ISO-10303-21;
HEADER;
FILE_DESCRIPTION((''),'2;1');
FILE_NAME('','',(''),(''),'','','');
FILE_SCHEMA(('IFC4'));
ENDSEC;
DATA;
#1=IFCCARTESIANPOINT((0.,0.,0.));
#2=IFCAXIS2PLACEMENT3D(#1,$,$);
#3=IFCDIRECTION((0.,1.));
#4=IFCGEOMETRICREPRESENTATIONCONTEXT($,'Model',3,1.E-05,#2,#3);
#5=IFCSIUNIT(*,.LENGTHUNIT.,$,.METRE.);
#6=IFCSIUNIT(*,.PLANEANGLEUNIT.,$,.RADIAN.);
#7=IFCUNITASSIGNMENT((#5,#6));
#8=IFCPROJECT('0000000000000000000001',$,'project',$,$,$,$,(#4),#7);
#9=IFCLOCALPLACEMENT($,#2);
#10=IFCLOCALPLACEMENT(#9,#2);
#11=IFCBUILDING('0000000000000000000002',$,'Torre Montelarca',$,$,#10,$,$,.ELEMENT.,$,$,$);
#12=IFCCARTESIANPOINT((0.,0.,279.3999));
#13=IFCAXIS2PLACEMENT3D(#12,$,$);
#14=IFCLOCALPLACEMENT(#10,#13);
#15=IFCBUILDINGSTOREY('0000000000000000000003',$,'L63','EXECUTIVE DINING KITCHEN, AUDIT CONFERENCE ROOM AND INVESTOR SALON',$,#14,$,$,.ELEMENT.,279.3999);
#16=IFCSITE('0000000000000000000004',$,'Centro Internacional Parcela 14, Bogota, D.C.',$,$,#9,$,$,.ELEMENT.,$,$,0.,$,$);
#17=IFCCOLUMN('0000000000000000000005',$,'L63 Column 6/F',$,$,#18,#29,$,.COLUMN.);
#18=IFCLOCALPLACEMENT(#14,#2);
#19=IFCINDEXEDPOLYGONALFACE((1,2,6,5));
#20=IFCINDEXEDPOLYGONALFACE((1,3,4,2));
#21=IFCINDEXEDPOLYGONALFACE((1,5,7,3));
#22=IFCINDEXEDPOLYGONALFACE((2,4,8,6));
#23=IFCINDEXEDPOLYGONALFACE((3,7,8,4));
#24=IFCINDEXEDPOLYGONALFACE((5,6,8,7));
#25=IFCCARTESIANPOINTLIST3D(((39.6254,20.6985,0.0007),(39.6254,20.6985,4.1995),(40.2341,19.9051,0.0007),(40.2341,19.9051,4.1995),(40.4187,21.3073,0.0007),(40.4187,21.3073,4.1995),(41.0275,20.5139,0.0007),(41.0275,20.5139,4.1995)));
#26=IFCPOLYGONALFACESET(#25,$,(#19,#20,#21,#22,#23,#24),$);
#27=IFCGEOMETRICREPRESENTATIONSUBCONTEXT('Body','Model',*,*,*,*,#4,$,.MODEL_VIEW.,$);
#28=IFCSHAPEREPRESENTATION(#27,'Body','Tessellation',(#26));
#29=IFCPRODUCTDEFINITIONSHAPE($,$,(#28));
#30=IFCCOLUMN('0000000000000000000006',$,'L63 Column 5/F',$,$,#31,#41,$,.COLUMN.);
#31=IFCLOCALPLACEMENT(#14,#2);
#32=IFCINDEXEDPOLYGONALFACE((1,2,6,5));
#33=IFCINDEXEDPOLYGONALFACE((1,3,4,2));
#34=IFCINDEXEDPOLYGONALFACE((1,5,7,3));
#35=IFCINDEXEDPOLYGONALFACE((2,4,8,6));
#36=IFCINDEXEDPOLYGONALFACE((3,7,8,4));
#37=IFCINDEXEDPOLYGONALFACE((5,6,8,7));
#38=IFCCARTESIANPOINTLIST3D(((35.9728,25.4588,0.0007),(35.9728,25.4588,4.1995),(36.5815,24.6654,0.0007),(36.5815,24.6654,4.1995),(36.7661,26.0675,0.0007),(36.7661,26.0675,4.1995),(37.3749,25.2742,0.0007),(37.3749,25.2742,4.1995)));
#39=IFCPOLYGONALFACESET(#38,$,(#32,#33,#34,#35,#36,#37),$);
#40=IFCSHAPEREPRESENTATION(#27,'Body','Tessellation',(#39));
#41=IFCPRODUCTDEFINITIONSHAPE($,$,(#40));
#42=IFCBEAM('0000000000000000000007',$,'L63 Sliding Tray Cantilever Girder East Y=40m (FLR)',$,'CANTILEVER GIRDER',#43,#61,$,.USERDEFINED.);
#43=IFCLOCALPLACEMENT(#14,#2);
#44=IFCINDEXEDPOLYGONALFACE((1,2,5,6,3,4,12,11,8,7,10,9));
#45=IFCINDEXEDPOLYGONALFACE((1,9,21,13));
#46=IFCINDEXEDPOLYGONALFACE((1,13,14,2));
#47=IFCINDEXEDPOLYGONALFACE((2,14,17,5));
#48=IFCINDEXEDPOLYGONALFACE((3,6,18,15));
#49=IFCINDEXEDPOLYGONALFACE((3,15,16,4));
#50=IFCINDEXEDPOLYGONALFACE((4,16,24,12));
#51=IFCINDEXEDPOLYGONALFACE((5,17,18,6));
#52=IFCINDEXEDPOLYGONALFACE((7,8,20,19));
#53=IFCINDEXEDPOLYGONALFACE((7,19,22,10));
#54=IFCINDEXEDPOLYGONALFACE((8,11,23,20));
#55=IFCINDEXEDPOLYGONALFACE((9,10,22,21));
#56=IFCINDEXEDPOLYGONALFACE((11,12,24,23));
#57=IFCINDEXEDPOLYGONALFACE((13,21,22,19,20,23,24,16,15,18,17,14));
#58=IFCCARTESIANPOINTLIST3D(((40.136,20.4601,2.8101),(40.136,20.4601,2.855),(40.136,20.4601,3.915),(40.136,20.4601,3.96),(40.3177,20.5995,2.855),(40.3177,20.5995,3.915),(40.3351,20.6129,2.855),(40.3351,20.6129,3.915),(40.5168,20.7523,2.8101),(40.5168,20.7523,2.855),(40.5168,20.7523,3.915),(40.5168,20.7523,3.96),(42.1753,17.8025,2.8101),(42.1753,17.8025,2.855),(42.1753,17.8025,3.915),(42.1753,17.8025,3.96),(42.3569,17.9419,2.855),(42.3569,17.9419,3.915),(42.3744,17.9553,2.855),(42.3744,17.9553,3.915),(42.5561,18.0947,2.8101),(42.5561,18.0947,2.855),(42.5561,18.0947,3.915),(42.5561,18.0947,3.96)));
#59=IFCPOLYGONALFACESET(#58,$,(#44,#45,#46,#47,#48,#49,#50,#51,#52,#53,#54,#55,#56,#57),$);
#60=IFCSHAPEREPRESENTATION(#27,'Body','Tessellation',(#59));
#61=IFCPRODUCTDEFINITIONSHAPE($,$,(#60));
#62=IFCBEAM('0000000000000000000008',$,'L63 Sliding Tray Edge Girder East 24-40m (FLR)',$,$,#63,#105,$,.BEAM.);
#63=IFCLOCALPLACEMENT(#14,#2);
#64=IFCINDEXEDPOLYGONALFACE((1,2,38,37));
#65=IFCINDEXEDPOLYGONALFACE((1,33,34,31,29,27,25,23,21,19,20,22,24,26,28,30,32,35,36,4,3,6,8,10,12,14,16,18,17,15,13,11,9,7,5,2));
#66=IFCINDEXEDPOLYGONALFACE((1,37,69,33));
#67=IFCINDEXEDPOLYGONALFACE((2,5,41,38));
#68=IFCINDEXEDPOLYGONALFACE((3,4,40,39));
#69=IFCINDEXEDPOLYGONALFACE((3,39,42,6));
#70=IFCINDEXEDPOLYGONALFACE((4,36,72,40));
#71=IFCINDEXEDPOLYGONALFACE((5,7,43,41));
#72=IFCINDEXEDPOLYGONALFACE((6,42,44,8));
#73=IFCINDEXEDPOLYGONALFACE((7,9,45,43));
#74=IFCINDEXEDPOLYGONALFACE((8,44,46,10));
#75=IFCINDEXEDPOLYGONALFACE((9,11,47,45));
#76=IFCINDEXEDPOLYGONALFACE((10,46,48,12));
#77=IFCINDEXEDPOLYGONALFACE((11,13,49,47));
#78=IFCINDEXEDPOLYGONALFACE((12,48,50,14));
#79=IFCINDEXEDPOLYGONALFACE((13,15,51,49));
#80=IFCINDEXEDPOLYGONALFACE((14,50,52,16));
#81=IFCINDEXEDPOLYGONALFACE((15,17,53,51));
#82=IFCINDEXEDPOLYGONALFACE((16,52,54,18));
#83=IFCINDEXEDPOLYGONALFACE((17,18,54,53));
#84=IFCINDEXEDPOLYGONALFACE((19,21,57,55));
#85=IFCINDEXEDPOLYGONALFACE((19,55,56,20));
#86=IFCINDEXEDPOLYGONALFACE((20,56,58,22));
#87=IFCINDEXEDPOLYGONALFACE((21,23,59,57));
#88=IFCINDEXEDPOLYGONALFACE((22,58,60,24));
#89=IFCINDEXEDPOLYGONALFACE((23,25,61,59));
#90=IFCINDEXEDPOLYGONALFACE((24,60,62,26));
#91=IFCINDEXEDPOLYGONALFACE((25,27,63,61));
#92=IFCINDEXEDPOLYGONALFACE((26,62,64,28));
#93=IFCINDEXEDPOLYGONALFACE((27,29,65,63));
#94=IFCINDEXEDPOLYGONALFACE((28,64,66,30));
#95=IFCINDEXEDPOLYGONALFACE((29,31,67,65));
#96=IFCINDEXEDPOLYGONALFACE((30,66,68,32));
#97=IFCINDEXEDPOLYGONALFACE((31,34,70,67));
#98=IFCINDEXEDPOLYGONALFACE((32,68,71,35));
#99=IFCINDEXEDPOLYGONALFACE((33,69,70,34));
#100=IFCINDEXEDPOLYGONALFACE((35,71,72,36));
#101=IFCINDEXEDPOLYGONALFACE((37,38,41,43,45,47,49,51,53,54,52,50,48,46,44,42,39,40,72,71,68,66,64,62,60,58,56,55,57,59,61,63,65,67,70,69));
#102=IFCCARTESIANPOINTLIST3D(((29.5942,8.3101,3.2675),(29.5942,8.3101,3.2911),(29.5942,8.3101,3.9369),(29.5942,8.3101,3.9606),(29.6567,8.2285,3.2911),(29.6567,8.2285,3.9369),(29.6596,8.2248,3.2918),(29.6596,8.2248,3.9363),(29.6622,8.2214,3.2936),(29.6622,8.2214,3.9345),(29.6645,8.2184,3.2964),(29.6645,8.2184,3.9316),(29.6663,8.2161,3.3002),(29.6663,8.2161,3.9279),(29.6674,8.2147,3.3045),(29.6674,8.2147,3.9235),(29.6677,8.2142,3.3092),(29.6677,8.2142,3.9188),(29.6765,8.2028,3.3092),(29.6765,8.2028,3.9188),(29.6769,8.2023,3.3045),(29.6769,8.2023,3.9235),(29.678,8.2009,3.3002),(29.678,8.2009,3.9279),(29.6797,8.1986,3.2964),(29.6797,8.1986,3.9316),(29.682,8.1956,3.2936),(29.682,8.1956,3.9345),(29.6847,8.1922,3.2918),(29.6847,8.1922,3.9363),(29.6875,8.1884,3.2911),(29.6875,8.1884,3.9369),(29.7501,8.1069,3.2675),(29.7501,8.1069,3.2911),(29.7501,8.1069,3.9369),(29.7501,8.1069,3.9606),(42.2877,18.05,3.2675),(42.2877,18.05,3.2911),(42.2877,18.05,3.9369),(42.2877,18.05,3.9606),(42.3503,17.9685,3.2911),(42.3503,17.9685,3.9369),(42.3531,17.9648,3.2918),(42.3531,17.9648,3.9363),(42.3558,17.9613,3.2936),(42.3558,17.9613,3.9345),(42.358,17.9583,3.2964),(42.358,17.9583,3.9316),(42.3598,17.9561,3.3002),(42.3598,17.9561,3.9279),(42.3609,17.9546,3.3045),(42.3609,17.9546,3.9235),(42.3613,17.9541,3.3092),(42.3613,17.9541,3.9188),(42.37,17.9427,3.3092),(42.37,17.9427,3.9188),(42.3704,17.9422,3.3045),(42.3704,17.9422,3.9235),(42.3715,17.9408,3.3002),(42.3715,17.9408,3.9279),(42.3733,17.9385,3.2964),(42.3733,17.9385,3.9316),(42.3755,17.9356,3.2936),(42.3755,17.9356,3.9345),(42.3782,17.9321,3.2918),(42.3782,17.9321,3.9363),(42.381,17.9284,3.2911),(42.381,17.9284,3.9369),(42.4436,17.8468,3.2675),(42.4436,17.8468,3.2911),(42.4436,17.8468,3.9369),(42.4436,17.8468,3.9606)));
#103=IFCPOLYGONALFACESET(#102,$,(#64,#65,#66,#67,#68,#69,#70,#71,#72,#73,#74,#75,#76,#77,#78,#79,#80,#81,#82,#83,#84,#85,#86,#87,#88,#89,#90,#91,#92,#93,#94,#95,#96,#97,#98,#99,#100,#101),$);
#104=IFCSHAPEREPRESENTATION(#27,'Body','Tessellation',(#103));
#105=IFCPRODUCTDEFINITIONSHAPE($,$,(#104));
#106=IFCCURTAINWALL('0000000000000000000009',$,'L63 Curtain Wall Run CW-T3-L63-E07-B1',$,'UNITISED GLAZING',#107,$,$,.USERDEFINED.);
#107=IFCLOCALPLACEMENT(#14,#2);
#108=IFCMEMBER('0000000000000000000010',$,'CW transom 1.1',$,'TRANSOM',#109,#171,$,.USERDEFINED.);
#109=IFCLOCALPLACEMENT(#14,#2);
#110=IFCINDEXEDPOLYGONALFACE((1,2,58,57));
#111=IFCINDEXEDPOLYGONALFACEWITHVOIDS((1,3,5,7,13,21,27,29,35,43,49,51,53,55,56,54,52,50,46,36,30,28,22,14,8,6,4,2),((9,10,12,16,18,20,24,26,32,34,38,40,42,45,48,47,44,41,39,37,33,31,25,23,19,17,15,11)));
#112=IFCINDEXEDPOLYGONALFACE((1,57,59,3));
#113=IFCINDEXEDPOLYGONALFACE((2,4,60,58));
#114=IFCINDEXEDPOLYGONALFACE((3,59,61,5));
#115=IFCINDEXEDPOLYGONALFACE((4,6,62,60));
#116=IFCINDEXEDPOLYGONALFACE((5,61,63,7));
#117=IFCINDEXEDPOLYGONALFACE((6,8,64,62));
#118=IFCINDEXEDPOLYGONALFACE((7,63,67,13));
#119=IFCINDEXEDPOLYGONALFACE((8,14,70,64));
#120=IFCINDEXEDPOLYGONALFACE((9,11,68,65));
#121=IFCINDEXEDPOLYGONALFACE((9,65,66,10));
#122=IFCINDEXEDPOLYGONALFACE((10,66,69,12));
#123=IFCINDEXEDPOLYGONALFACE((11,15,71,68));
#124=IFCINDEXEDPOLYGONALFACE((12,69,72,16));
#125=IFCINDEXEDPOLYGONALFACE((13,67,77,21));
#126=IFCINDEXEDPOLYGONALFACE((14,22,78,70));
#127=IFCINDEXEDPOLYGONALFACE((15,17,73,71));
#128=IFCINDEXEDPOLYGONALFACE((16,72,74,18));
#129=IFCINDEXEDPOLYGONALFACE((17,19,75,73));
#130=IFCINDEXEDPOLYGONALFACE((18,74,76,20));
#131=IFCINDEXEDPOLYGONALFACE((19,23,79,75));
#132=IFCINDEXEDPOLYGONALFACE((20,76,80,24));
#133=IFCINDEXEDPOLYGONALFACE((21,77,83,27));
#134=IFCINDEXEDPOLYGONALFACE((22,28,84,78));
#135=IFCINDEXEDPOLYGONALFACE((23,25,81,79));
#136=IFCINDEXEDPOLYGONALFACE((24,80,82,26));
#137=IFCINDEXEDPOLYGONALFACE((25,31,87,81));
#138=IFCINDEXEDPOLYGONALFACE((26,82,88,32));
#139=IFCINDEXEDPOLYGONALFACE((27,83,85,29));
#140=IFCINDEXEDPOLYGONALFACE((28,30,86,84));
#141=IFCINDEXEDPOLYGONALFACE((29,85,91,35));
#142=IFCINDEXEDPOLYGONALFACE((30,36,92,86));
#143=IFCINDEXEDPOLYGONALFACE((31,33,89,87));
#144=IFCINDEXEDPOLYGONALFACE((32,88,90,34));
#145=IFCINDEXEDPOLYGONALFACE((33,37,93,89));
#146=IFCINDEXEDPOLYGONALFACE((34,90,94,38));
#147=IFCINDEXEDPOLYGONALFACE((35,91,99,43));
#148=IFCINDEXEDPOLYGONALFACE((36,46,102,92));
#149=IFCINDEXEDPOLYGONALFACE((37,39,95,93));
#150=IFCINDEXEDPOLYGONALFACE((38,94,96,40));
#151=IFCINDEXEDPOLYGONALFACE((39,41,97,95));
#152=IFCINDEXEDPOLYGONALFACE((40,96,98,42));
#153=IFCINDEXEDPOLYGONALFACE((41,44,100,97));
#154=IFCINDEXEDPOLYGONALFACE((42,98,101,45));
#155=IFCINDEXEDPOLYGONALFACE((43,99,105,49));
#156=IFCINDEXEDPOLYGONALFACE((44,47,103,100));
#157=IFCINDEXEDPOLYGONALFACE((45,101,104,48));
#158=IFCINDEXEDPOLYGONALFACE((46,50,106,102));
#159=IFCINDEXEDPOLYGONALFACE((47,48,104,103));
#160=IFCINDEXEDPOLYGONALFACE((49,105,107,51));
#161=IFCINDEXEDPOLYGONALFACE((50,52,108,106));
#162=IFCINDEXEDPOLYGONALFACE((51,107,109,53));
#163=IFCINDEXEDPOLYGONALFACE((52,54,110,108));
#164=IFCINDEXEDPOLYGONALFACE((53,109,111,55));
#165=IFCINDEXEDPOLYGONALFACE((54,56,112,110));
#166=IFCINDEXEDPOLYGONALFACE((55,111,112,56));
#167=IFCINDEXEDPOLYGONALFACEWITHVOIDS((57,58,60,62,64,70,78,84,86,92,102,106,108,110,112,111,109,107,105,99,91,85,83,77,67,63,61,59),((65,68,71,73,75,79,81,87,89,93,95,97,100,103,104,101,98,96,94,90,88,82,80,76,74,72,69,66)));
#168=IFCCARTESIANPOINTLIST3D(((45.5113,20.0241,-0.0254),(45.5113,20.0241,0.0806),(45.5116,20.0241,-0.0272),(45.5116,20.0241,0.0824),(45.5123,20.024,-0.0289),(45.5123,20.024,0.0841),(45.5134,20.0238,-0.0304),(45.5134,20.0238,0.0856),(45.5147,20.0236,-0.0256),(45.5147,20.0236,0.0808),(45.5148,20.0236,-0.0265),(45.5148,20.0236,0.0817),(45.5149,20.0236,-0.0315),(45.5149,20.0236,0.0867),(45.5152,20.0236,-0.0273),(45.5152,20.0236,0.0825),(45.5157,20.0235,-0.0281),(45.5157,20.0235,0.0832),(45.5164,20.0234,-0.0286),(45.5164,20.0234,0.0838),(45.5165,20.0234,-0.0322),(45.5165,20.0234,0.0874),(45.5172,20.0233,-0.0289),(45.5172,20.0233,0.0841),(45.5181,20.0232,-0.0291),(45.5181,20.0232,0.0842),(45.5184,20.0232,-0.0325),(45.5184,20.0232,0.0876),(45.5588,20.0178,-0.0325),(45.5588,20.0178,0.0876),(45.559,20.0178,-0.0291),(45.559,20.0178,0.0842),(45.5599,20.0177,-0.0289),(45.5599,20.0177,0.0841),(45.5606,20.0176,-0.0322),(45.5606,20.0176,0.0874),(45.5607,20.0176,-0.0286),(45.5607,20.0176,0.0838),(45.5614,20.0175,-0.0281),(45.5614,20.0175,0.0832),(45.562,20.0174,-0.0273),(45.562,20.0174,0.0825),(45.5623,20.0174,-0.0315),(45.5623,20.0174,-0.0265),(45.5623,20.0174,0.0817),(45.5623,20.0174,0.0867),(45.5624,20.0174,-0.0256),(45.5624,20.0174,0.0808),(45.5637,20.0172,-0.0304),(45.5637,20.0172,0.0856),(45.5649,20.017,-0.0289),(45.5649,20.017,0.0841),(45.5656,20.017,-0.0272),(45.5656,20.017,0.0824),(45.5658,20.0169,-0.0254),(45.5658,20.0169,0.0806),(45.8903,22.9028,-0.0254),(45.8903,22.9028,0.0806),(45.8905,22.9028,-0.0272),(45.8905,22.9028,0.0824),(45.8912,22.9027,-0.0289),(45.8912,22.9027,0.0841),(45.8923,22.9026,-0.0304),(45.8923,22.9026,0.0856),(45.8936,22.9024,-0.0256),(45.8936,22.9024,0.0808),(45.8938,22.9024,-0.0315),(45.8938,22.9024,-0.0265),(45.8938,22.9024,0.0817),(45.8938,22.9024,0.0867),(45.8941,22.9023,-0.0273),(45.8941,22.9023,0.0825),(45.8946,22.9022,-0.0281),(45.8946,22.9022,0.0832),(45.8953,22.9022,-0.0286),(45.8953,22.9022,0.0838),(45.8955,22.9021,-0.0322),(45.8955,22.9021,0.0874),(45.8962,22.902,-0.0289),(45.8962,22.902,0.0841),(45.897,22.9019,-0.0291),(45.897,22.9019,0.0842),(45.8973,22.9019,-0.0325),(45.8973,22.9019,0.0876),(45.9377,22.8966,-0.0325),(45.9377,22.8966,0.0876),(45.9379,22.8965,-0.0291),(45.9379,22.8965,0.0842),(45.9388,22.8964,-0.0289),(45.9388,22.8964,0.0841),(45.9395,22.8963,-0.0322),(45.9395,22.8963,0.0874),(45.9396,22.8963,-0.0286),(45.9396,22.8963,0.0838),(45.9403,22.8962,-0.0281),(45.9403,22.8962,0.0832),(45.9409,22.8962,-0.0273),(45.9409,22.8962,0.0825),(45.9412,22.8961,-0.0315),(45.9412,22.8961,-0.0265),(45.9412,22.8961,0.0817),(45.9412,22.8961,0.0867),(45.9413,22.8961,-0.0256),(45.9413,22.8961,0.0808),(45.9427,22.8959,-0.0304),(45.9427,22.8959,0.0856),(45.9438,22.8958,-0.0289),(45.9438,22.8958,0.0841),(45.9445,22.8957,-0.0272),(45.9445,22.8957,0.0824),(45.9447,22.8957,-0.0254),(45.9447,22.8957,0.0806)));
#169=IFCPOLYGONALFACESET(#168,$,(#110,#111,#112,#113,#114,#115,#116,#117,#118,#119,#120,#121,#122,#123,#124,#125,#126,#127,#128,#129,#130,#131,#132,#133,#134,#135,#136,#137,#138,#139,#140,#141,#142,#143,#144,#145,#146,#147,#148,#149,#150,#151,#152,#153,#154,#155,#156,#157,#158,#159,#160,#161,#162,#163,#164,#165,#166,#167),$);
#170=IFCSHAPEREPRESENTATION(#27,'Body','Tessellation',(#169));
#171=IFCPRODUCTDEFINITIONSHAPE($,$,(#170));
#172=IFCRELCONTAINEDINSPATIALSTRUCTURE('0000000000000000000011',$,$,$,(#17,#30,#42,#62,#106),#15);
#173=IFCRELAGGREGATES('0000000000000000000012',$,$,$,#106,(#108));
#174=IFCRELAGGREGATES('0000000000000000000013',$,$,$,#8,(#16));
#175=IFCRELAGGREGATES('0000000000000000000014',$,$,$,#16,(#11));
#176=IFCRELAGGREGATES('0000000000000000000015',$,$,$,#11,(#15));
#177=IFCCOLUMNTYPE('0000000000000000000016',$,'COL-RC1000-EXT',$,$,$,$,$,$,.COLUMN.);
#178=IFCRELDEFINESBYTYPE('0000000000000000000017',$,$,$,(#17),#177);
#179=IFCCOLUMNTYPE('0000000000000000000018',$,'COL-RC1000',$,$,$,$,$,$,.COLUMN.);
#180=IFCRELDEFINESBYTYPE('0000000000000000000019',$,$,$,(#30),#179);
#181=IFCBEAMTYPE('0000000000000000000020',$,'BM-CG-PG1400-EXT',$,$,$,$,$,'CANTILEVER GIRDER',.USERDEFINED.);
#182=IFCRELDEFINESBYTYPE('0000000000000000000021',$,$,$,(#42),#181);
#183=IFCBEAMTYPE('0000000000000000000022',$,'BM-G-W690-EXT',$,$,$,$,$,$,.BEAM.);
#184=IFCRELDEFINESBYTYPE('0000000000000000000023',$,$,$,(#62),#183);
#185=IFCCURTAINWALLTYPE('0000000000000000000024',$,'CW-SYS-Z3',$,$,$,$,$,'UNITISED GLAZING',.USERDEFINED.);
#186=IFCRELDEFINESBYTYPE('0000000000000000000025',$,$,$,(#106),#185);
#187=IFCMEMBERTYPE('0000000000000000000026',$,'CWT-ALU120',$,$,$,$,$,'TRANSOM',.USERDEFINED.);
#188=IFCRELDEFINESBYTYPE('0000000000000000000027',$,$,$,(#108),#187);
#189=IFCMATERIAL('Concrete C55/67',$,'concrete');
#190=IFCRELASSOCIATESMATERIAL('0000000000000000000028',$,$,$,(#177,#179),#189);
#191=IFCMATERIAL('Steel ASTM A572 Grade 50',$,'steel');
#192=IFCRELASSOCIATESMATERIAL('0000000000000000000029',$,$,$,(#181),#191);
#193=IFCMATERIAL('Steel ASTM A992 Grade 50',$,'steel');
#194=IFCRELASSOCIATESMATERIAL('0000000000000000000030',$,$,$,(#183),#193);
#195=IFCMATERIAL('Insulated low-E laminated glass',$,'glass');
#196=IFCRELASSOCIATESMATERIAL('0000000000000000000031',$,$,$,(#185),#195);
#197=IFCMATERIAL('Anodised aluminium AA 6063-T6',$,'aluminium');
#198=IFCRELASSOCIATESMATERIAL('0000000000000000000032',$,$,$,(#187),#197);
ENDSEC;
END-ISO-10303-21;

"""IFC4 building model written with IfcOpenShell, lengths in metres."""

from ifc_helpers import new_model, si_unit, direction, frame, origin, origin_2d, place, context, subcontext, project, spatial, rectangle, hollow_rectangle, i_section, extrude, source, transform, mapped, material, material_profile, profile_set, type_object, element, aggregate, save


model = new_model("IFC4")

# Units and contexts
model_context = context("Model", 3, precision=1e-05, world=origin(), true_north=direction((0.0, 1.0)))
body_context = subcontext(model_context, "Body", "Model", "MODEL_VIEW")
ifc_project = project(units=[si_unit("LENGTHUNIT", "METRE"), si_unit("PLANEANGLEUNIT", "RADIAN")], contexts=[model_context])

# Site, building, storey
site_placement = place(None, origin())
site = spatial("IfcSite", under=ifc_project, at=site_placement, Name="Centro Internacional Parcela 14, Bogota, D.C.", CompositionType="ELEMENT", RefElevation=0.0)
building_placement = place(site_placement, origin())
building = spatial("IfcBuilding", under=site, at=building_placement, Name="Torre Montelarca", CompositionType="ELEMENT")
storey_placement = place(building_placement, frame((0.0, 0.0, 279.3999)))
storey = spatial("IfcBuildingStorey", under=building, at=storey_placement, Name="L63", Description="EXECUTIVE DINING KITCHEN, AUDIT CONFERENCE ROOM AND INVESTOR SALON", CompositionType="ELEMENT", Elevation=279.3999)

# Columns
ifc_material_1 = material(Name="Concrete C55/67", Category="concrete")
ifc_material_profile_1 = material_profile(ifc_material_1, rectangle(XDim=1.0, YDim=1.0, at=origin_2d()), Name="RC1000X1000", Category="concrete")
ifc_profile_set_1 = profile_set([ifc_material_profile_1], Name="Concrete C55/67")
column_type_1 = type_object("IfcColumnType", Name="COL-RC1000-EXT", PredefinedType="COLUMN", material=ifc_profile_set_1)
shared_shape_1 = source(origin(), body_context, "Body", "SweptSolid", [
    extrude(rectangle(XDim=1.0, YDim=1.0, at=origin_2d()), origin(), (0.0, 0.0, 1.0), 4.1987),
])
column_1_placement = place(storey_placement, frame((40.3264, 20.6062, 0.0007), z_axis=(0.0, 0.0, 1.0), x_axis=(-0.608761, 0.793353, 0.0)))
element("IfcColumn", 1, at=column_1_placement, inside=storey, type_object=column_type_1, Name="L63 Column 6/F", PredefinedType="COLUMN", context=body_context, shape_type="MappedRepresentation", body=[
    mapped(shared_shape_1, transform((0.0, 0.0, 0.0), scale=1.0)),
])
ifc_material_profile_2 = material_profile(ifc_material_1, rectangle(XDim=1.0, YDim=1.0, at=origin_2d()), Name="RC1000X1000", Category="concrete")
ifc_profile_set_2 = profile_set([ifc_material_profile_2], Name="Concrete C55/67")
column_type_2 = type_object("IfcColumnType", Name="COL-RC1000", PredefinedType="COLUMN", material=ifc_profile_set_2)
shared_shape_2 = source(origin(), body_context, "Body", "SweptSolid", [
    extrude(rectangle(XDim=1.0, YDim=1.0, at=origin_2d()), origin(), (0.0, 0.0, 1.0), 4.1987),
])
column_2_placement = place(storey_placement, frame((36.6738, 25.3665, 0.0007), z_axis=(0.0, 0.0, 1.0), x_axis=(-0.608761, 0.793353, 0.0)))
element("IfcColumn", 2, at=column_2_placement, inside=storey, type_object=column_type_2, Name="L63 Column 5/F", PredefinedType="COLUMN", context=body_context, shape_type="MappedRepresentation", body=[
    mapped(shared_shape_2, transform((0.0, 0.0, 0.0), scale=1.0)),
])

# Beams
ifc_material_2 = material(Name="Steel ASTM A572 Grade 50", Category="steel")
ifc_material_profile_3 = material_profile(ifc_material_2, i_section(OverallWidth=0.48, OverallDepth=1.1499, WebThickness=0.022, FlangeThickness=0.0449, at=origin_2d()), Name="PG1150X480X22X45", Category="steel")
ifc_profile_set_3 = profile_set([ifc_material_profile_3], Name="Steel ASTM A572 Grade 50")
beam_type_1 = type_object("IfcBeamType", Name="BM-CG-PG1400-EXT", ElementType="CANTILEVER GIRDER", PredefinedType="USERDEFINED", material=ifc_profile_set_3)
shared_shape_3 = source(origin(), body_context, "Body", "SweptSolid", [
    extrude(i_section(OverallWidth=0.48, OverallDepth=1.1499, WebThickness=0.022, FlangeThickness=0.0449, at=origin_2d()), origin(), (0.0, 0.0, 1.0), 3.3499),
])
beam_1_placement = place(storey_placement, frame((40.3264, 20.6062, 3.385), z_axis=(0.608756, -0.793358, 0.0), x_axis=(0.793358, 0.608756, 0.0)))
element("IfcBeam", 3, at=beam_1_placement, inside=storey, type_object=beam_type_1, Name="L63 Sliding Tray Cantilever Girder East Y=40m (FLR)", ObjectType="CANTILEVER GIRDER", PredefinedType="USERDEFINED", context=body_context, shape_type="MappedRepresentation", body=[
    mapped(shared_shape_3, transform((0.0, 0.0, 0.0), scale=1.0)),
])
ifc_material_3 = material(Name="Steel ASTM A992 Grade 50", Category="steel")
ifc_material_profile_4 = material_profile(ifc_material_3, i_section(OverallWidth=0.2561, OverallDepth=0.6931, WebThickness=0.0144, FlangeThickness=0.0237, FilletRadius=0.0181, at=origin_2d()), Name="W690X170", Category="steel")
ifc_profile_set_4 = profile_set([ifc_material_profile_4], Name="Steel ASTM A992 Grade 50")
beam_type_2 = type_object("IfcBeamType", Name="BM-G-W690-EXT", PredefinedType="BEAM", material=ifc_profile_set_4)
shared_shape_4 = source(origin(), body_context, "Body", "SweptSolid", [
    extrude(i_section(OverallWidth=0.2561, OverallDepth=0.6931, WebThickness=0.0144, FlangeThickness=0.0237, FilletRadius=0.0181, at=origin_2d()), origin(), (0.0, 0.0, 1.0), 15.9998),
])
beam_2_placement = place(storey_placement, frame((29.6721, 8.2085, 3.614), z_axis=(0.793358, 0.608755, 0.0), x_axis=(-0.608755, 0.793358, 0.0)))
element("IfcBeam", 4, at=beam_2_placement, inside=storey, type_object=beam_type_2, Name="L63 Sliding Tray Edge Girder East 24-40m (FLR)", PredefinedType="BEAM", context=body_context, shape_type="MappedRepresentation", body=[
    mapped(shared_shape_4, transform((0.0, 0.0, 0.0), scale=1.0)),
])

# Curtain wall, member
ifc_material_4 = material(Name="Insulated low-E laminated glass", Category="glass")
curtain_wall_type = type_object("IfcCurtainWallType", Name="CW-SYS-Z3", ElementType="UNITISED GLAZING", PredefinedType="USERDEFINED", material=ifc_material_4)
curtain_wall_1_placement = place(storey_placement, origin())
curtain_wall_1 = element("IfcCurtainWall", 5, at=curtain_wall_1_placement, inside=storey, type_object=curtain_wall_type, Name="L63 Curtain Wall Run CW-T3-L63-E07-B1", ObjectType="UNITISED GLAZING", PredefinedType="USERDEFINED")
ifc_material_5 = material(Name="Anodised aluminium AA 6063-T6", Category="aluminium")
ifc_material_profile_5 = material_profile(ifc_material_5, hollow_rectangle(XDim=0.0549, YDim=0.1201, WallThickness=0.0034, InnerFilletRadius=0.0034, OuterFilletRadius=0.0071, at=origin_2d()), Name="ALU55X120X3.5", Category="aluminium")
ifc_profile_set_5 = profile_set([ifc_material_profile_5], Name="Anodised aluminium AA 6063-T6")
member_type_1 = type_object("IfcMemberType", Name="CWT-ALU120", ElementType="TRANSOM", PredefinedType="USERDEFINED", material=ifc_profile_set_5)
shared_shape_5 = source(origin(), body_context, "Body", "SweptSolid", [
    extrude(hollow_rectangle(XDim=0.0549, YDim=0.1201, WallThickness=0.0034, InnerFilletRadius=0.0034, OuterFilletRadius=0.0071, at=origin_2d()), origin(), (0.0, 0.0, 1.0), 2.9036),
])
member_1_placement = place(storey_placement, frame((45.5386, 20.0205, 0.0276), z_axis=(0.1305, 0.991448, 0.0), x_axis=(-0.991448, 0.1305, 0.0)))
member_1 = element("IfcMember", 6, at=member_1_placement, type_object=member_type_1, Name="CW transom 1.1", ObjectType="TRANSOM", PredefinedType="USERDEFINED", context=body_context, shape_type="MappedRepresentation", body=[
    mapped(shared_shape_5, transform((0.0, 0.0, 0.0), scale=1.0)),
])

aggregate(curtain_wall_1, [member_1])

save(model, "model.ifc")
